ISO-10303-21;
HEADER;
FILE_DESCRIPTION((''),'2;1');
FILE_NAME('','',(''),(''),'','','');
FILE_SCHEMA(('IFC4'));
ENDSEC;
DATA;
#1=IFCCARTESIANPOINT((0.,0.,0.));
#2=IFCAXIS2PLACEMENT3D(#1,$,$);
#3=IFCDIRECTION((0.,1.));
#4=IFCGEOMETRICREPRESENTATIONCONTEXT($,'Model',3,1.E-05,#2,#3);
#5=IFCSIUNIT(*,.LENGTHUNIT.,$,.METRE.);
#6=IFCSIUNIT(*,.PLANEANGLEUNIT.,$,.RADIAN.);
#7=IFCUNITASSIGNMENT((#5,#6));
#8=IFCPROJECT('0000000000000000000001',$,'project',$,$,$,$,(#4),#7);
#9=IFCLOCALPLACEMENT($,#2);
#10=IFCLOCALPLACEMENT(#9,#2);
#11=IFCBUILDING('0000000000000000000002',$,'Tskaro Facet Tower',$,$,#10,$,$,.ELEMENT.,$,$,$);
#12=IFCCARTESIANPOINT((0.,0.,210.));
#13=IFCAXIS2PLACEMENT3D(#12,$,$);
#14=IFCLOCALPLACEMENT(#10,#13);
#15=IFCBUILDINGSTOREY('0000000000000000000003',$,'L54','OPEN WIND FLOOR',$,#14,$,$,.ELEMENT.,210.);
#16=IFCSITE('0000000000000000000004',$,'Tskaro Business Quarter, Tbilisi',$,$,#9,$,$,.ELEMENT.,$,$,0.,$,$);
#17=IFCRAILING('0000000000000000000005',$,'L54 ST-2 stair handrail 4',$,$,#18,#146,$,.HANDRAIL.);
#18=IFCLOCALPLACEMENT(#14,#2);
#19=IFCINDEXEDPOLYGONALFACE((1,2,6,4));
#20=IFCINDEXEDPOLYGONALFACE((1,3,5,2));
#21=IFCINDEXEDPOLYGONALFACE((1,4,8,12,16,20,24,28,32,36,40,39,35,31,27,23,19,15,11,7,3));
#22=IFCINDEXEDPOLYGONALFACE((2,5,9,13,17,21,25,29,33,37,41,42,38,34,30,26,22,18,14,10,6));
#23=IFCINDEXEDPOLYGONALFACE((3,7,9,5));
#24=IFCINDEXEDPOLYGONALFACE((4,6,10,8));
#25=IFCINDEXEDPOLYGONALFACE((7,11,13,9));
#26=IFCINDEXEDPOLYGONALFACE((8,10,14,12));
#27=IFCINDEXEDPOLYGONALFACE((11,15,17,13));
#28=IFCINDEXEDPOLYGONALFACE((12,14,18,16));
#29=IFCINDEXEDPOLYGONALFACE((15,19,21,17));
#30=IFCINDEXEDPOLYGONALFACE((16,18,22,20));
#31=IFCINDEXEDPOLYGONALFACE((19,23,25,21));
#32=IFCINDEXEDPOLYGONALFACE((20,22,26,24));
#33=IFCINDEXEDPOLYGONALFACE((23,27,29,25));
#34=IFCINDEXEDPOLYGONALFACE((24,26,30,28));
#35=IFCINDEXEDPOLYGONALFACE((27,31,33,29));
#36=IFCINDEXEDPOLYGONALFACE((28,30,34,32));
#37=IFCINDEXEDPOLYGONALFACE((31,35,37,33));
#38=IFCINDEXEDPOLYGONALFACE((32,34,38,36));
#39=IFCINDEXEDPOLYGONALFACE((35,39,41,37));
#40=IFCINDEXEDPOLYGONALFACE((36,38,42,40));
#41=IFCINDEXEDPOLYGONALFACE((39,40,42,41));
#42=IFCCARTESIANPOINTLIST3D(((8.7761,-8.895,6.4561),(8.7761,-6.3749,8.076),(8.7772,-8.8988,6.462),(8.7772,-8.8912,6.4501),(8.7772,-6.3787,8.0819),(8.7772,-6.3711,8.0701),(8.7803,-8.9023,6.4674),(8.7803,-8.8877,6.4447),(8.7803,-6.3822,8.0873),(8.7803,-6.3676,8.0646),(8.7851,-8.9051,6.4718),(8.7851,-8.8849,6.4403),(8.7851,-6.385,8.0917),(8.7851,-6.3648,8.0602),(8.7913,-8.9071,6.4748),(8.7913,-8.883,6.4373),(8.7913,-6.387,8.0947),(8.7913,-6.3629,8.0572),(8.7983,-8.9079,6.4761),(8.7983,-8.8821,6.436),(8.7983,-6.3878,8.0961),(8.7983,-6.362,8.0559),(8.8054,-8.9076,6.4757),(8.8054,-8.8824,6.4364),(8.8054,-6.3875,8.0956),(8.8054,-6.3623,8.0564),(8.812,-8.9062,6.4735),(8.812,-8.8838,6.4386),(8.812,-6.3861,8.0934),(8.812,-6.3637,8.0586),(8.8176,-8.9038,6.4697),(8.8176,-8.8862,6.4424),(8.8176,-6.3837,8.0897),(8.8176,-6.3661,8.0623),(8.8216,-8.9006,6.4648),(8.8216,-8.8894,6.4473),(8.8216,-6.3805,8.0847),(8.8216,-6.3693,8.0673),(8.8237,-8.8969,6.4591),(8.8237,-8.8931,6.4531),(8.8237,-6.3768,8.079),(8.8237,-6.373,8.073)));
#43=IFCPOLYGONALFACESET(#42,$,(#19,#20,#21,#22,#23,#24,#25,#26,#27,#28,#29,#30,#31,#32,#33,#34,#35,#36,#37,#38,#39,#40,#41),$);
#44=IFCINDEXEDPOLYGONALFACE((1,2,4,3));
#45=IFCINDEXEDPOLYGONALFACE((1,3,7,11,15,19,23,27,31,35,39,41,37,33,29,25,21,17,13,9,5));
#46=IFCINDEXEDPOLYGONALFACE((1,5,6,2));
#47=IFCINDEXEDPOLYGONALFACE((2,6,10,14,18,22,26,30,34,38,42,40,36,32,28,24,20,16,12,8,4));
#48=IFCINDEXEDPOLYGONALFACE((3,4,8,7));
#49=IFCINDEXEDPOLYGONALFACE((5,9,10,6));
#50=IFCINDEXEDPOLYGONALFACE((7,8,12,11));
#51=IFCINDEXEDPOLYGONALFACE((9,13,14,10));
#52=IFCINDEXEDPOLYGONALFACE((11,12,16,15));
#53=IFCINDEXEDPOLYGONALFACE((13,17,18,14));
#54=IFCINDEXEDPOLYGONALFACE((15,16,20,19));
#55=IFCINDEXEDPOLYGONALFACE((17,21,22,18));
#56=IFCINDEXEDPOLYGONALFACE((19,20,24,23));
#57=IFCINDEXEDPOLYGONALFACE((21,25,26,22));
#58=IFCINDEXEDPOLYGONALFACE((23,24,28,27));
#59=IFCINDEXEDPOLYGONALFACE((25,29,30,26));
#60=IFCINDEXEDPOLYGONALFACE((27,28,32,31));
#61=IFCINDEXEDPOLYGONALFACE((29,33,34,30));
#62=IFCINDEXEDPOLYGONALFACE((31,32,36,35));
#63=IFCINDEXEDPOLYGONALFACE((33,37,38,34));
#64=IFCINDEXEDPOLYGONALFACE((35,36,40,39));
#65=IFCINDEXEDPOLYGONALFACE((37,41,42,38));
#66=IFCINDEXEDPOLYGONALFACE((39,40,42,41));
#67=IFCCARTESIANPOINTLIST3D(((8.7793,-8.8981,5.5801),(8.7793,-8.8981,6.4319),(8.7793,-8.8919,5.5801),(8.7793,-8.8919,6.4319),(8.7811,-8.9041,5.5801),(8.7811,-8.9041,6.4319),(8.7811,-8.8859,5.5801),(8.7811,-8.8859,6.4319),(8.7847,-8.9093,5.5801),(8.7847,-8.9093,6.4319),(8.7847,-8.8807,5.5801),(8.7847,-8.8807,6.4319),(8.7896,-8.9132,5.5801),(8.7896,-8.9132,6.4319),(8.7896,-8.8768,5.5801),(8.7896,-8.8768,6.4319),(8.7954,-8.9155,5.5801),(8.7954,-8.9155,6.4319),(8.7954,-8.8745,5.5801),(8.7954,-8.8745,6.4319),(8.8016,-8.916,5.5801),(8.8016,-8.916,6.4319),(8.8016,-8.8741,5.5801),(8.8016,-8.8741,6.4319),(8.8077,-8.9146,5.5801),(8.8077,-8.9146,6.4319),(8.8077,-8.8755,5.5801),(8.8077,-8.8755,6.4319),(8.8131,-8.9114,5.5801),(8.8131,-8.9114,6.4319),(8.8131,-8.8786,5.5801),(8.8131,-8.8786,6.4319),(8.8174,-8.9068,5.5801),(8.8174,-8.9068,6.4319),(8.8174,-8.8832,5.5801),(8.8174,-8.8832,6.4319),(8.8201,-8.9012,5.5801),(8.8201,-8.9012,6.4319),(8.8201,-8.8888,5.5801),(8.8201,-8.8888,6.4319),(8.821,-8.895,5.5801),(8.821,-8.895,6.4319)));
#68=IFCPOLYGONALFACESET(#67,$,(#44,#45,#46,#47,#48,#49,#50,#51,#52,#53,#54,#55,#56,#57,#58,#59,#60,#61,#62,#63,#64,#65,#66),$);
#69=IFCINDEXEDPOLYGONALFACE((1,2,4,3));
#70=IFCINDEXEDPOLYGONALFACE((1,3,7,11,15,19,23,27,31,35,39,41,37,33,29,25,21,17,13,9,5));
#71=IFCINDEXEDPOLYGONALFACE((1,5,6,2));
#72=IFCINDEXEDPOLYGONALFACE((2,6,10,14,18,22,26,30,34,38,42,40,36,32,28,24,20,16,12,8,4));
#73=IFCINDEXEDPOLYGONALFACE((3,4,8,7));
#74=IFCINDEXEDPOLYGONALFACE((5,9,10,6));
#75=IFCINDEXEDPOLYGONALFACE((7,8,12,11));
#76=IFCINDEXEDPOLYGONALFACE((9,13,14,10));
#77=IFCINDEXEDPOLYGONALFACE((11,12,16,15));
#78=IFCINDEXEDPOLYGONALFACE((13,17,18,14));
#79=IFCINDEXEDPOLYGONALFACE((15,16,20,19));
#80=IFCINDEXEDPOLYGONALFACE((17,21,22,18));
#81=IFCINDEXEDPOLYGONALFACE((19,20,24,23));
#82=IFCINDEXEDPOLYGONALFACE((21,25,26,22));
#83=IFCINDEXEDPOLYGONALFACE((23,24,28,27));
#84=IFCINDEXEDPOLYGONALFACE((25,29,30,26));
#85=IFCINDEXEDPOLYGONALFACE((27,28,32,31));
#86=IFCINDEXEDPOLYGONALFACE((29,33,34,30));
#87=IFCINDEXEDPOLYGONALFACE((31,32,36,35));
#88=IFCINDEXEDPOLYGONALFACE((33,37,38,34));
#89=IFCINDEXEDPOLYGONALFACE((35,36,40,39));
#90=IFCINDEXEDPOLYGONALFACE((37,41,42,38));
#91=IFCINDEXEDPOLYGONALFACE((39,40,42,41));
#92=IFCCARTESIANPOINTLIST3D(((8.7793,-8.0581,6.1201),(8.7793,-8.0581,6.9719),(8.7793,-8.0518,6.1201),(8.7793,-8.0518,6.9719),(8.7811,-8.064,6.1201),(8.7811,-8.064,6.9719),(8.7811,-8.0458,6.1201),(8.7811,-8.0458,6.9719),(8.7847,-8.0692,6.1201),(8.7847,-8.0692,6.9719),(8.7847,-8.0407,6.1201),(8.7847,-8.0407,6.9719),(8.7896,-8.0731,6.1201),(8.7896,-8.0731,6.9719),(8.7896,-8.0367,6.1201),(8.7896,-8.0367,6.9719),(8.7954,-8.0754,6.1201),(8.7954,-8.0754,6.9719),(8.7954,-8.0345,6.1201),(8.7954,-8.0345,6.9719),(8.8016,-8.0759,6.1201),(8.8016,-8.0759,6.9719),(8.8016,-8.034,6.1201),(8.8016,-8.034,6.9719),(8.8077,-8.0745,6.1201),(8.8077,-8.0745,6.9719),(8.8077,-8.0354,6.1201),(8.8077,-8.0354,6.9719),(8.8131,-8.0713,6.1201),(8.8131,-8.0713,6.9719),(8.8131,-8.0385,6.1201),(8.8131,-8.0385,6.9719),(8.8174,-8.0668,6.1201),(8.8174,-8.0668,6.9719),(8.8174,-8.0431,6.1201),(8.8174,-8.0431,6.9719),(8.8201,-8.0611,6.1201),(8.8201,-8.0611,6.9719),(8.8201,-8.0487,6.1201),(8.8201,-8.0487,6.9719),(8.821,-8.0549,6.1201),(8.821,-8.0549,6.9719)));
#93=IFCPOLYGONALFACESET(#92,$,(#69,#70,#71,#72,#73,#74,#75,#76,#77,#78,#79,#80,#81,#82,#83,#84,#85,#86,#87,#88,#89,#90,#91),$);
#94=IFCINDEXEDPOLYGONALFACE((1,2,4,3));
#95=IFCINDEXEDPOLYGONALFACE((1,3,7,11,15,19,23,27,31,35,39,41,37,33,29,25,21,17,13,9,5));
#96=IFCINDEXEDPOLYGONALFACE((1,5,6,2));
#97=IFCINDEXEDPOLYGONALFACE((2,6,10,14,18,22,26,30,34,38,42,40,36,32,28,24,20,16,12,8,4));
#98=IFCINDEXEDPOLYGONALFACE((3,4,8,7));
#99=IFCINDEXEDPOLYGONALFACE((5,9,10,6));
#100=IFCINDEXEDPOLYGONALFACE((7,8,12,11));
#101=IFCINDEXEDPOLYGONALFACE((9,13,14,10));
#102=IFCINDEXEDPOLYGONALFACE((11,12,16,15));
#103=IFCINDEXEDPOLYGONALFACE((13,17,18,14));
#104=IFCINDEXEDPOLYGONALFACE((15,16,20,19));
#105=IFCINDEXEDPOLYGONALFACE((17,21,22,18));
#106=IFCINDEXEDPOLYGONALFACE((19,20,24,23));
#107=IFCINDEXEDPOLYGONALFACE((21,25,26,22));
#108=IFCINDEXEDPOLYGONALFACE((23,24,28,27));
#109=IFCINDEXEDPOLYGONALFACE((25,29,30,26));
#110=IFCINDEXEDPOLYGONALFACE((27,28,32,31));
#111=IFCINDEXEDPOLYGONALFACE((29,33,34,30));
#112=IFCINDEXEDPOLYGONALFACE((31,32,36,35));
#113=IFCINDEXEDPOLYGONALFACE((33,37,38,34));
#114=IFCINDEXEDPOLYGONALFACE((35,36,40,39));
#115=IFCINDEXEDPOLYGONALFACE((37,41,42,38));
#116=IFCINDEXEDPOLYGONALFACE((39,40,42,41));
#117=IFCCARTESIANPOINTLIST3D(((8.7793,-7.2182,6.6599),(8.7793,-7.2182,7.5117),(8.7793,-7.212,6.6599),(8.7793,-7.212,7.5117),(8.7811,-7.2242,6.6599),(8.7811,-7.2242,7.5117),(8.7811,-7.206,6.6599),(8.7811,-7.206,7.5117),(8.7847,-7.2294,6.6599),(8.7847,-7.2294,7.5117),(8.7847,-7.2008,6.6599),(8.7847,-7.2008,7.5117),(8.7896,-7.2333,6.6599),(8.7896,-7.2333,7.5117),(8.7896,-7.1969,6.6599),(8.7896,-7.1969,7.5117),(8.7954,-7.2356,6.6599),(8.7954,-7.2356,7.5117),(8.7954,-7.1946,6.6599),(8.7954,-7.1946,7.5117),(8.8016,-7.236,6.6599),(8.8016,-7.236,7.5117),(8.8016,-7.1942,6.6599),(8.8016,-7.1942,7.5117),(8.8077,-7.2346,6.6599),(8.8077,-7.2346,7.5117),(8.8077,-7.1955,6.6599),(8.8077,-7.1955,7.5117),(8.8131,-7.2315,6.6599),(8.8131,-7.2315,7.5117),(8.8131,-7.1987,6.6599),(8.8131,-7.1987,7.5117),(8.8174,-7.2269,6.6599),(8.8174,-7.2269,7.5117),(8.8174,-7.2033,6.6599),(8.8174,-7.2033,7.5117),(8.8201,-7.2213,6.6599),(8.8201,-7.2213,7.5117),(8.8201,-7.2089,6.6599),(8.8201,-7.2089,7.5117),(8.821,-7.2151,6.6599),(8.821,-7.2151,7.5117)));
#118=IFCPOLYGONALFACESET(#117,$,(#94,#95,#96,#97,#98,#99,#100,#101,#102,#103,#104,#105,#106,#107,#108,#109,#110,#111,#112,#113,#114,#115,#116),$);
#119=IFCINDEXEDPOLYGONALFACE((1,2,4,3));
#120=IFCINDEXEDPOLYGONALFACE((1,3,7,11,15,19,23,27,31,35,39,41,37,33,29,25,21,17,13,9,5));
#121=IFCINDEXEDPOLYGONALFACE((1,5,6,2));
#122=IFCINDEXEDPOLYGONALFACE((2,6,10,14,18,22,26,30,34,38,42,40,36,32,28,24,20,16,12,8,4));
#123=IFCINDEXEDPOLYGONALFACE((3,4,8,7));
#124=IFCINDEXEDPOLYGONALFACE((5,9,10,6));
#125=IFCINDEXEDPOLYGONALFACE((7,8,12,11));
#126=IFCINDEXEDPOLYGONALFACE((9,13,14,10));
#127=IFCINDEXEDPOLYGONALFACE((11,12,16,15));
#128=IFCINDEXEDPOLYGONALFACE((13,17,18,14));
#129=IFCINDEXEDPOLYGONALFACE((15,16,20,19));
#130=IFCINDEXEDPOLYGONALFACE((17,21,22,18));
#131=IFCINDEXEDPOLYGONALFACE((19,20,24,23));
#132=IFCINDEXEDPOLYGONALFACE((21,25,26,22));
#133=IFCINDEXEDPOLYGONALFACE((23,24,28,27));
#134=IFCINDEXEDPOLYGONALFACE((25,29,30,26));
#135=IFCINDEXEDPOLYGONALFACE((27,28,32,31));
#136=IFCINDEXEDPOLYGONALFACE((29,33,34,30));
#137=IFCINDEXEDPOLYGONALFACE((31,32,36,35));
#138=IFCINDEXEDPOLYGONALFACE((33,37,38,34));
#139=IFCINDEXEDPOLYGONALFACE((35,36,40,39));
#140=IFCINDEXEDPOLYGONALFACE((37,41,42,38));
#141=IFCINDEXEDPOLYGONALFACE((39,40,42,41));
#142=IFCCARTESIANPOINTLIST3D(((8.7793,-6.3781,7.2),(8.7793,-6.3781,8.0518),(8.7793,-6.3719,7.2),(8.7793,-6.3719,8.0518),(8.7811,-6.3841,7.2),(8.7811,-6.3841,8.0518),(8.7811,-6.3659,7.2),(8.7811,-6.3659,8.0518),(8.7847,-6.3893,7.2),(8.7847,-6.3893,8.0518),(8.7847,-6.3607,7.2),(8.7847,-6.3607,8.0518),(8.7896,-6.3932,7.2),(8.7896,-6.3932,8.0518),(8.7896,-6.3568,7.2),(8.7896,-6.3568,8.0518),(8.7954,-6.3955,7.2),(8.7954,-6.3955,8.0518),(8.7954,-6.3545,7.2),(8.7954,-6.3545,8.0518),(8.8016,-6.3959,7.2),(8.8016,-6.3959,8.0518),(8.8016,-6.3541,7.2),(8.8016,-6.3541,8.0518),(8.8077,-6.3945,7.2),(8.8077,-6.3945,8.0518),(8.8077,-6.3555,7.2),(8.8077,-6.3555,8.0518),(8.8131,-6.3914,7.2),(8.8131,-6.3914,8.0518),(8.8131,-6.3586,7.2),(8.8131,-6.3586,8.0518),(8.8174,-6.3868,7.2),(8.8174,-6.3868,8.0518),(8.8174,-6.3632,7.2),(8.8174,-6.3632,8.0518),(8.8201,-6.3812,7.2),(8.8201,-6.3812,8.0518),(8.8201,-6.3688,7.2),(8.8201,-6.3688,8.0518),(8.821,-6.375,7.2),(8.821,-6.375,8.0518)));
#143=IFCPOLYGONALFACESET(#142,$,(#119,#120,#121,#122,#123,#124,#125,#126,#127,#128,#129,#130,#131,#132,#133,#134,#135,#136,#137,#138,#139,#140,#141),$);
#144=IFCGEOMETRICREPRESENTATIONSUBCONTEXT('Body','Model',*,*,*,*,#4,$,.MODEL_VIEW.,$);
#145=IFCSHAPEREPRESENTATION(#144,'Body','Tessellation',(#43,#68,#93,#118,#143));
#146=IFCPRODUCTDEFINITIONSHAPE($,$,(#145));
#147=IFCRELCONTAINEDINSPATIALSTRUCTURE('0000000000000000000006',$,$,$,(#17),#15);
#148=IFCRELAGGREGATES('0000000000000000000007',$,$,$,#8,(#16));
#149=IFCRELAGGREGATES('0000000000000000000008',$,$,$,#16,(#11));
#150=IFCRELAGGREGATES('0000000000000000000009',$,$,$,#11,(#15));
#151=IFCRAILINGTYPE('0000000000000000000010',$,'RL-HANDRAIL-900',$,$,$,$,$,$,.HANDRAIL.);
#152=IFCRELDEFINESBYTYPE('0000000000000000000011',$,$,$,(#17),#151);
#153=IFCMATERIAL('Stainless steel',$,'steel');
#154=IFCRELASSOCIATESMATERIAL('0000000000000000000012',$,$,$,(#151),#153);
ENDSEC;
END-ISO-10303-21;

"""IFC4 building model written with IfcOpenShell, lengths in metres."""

from ifc_helpers import new_model, si_unit, direction, frame, origin, origin_2d, place, context, subcontext, project, spatial, circle, extrude, material, type_object, element, save


model = new_model("IFC4")

# Units and contexts
model_context = context("Model", 3, precision=1e-05, world=origin(), true_north=direction((0.0, 1.0)))
body_context = subcontext(model_context, "Body", "Model", "MODEL_VIEW")
ifc_project = project(units=[si_unit("LENGTHUNIT", "METRE"), si_unit("PLANEANGLEUNIT", "RADIAN")], contexts=[model_context])

# Site, building, storey
site_placement = place(None, origin())
site = spatial("IfcSite", under=ifc_project, at=site_placement, Name="Tskaro Business Quarter, Tbilisi", CompositionType="ELEMENT", RefElevation=0.0)
building_placement = place(site_placement, origin())
building = spatial("IfcBuilding", under=site, at=building_placement, Name="Tskaro Facet Tower", CompositionType="ELEMENT")
storey_placement = place(building_placement, frame((0.0, 0.0, 210.0)))
storey = spatial("IfcBuildingStorey", under=building, at=storey_placement, Name="L54", Description="OPEN WIND FLOOR", CompositionType="ELEMENT", Elevation=210.0)

# Railing
ifc_material_1 = material(Name="Stainless steel", Category="steel")
railing_type_1 = type_object("IfcRailingType", Name="RL-HANDRAIL-900", PredefinedType="HANDRAIL", material=ifc_material_1)
railing_1_placement = place(storey_placement, frame((8.8, -8.895, 5.5801)))
element("IfcRailing", 1, at=railing_1_placement, inside=storey, type_object=railing_type_1, Name="L54 ST-2 stair handrail 4", PredefinedType="HANDRAIL", context=body_context, shape_type="SweptSolid", body=[
    extrude(circle(Radius=0.0239, at=origin_2d()), frame((0.0, 0.0, 0.876), z_axis=(0.0, 0.8412, 0.540725), x_axis=(-1.0, 0.0, 0.0)), (0.0, 0.0, 1.0), 2.9958),
    extrude(circle(Radius=0.021, at=origin_2d()), origin(), (0.0, 0.0, 1.0), 0.8518),
    extrude(circle(Radius=0.021, at=origin_2d()), frame((0.0, 0.8401, 0.54)), (0.0, 0.0, 1.0), 0.8518),
    extrude(circle(Radius=0.021, at=origin_2d()), frame((0.0, 1.6799, 1.0798)), (0.0, 0.0, 1.0), 0.8518),
    extrude(circle(Radius=0.021, at=origin_2d()), frame((0.0, 2.52, 1.6199)), (0.0, 0.0, 1.0), 0.8518),
])

save(model, "model.ifc")
